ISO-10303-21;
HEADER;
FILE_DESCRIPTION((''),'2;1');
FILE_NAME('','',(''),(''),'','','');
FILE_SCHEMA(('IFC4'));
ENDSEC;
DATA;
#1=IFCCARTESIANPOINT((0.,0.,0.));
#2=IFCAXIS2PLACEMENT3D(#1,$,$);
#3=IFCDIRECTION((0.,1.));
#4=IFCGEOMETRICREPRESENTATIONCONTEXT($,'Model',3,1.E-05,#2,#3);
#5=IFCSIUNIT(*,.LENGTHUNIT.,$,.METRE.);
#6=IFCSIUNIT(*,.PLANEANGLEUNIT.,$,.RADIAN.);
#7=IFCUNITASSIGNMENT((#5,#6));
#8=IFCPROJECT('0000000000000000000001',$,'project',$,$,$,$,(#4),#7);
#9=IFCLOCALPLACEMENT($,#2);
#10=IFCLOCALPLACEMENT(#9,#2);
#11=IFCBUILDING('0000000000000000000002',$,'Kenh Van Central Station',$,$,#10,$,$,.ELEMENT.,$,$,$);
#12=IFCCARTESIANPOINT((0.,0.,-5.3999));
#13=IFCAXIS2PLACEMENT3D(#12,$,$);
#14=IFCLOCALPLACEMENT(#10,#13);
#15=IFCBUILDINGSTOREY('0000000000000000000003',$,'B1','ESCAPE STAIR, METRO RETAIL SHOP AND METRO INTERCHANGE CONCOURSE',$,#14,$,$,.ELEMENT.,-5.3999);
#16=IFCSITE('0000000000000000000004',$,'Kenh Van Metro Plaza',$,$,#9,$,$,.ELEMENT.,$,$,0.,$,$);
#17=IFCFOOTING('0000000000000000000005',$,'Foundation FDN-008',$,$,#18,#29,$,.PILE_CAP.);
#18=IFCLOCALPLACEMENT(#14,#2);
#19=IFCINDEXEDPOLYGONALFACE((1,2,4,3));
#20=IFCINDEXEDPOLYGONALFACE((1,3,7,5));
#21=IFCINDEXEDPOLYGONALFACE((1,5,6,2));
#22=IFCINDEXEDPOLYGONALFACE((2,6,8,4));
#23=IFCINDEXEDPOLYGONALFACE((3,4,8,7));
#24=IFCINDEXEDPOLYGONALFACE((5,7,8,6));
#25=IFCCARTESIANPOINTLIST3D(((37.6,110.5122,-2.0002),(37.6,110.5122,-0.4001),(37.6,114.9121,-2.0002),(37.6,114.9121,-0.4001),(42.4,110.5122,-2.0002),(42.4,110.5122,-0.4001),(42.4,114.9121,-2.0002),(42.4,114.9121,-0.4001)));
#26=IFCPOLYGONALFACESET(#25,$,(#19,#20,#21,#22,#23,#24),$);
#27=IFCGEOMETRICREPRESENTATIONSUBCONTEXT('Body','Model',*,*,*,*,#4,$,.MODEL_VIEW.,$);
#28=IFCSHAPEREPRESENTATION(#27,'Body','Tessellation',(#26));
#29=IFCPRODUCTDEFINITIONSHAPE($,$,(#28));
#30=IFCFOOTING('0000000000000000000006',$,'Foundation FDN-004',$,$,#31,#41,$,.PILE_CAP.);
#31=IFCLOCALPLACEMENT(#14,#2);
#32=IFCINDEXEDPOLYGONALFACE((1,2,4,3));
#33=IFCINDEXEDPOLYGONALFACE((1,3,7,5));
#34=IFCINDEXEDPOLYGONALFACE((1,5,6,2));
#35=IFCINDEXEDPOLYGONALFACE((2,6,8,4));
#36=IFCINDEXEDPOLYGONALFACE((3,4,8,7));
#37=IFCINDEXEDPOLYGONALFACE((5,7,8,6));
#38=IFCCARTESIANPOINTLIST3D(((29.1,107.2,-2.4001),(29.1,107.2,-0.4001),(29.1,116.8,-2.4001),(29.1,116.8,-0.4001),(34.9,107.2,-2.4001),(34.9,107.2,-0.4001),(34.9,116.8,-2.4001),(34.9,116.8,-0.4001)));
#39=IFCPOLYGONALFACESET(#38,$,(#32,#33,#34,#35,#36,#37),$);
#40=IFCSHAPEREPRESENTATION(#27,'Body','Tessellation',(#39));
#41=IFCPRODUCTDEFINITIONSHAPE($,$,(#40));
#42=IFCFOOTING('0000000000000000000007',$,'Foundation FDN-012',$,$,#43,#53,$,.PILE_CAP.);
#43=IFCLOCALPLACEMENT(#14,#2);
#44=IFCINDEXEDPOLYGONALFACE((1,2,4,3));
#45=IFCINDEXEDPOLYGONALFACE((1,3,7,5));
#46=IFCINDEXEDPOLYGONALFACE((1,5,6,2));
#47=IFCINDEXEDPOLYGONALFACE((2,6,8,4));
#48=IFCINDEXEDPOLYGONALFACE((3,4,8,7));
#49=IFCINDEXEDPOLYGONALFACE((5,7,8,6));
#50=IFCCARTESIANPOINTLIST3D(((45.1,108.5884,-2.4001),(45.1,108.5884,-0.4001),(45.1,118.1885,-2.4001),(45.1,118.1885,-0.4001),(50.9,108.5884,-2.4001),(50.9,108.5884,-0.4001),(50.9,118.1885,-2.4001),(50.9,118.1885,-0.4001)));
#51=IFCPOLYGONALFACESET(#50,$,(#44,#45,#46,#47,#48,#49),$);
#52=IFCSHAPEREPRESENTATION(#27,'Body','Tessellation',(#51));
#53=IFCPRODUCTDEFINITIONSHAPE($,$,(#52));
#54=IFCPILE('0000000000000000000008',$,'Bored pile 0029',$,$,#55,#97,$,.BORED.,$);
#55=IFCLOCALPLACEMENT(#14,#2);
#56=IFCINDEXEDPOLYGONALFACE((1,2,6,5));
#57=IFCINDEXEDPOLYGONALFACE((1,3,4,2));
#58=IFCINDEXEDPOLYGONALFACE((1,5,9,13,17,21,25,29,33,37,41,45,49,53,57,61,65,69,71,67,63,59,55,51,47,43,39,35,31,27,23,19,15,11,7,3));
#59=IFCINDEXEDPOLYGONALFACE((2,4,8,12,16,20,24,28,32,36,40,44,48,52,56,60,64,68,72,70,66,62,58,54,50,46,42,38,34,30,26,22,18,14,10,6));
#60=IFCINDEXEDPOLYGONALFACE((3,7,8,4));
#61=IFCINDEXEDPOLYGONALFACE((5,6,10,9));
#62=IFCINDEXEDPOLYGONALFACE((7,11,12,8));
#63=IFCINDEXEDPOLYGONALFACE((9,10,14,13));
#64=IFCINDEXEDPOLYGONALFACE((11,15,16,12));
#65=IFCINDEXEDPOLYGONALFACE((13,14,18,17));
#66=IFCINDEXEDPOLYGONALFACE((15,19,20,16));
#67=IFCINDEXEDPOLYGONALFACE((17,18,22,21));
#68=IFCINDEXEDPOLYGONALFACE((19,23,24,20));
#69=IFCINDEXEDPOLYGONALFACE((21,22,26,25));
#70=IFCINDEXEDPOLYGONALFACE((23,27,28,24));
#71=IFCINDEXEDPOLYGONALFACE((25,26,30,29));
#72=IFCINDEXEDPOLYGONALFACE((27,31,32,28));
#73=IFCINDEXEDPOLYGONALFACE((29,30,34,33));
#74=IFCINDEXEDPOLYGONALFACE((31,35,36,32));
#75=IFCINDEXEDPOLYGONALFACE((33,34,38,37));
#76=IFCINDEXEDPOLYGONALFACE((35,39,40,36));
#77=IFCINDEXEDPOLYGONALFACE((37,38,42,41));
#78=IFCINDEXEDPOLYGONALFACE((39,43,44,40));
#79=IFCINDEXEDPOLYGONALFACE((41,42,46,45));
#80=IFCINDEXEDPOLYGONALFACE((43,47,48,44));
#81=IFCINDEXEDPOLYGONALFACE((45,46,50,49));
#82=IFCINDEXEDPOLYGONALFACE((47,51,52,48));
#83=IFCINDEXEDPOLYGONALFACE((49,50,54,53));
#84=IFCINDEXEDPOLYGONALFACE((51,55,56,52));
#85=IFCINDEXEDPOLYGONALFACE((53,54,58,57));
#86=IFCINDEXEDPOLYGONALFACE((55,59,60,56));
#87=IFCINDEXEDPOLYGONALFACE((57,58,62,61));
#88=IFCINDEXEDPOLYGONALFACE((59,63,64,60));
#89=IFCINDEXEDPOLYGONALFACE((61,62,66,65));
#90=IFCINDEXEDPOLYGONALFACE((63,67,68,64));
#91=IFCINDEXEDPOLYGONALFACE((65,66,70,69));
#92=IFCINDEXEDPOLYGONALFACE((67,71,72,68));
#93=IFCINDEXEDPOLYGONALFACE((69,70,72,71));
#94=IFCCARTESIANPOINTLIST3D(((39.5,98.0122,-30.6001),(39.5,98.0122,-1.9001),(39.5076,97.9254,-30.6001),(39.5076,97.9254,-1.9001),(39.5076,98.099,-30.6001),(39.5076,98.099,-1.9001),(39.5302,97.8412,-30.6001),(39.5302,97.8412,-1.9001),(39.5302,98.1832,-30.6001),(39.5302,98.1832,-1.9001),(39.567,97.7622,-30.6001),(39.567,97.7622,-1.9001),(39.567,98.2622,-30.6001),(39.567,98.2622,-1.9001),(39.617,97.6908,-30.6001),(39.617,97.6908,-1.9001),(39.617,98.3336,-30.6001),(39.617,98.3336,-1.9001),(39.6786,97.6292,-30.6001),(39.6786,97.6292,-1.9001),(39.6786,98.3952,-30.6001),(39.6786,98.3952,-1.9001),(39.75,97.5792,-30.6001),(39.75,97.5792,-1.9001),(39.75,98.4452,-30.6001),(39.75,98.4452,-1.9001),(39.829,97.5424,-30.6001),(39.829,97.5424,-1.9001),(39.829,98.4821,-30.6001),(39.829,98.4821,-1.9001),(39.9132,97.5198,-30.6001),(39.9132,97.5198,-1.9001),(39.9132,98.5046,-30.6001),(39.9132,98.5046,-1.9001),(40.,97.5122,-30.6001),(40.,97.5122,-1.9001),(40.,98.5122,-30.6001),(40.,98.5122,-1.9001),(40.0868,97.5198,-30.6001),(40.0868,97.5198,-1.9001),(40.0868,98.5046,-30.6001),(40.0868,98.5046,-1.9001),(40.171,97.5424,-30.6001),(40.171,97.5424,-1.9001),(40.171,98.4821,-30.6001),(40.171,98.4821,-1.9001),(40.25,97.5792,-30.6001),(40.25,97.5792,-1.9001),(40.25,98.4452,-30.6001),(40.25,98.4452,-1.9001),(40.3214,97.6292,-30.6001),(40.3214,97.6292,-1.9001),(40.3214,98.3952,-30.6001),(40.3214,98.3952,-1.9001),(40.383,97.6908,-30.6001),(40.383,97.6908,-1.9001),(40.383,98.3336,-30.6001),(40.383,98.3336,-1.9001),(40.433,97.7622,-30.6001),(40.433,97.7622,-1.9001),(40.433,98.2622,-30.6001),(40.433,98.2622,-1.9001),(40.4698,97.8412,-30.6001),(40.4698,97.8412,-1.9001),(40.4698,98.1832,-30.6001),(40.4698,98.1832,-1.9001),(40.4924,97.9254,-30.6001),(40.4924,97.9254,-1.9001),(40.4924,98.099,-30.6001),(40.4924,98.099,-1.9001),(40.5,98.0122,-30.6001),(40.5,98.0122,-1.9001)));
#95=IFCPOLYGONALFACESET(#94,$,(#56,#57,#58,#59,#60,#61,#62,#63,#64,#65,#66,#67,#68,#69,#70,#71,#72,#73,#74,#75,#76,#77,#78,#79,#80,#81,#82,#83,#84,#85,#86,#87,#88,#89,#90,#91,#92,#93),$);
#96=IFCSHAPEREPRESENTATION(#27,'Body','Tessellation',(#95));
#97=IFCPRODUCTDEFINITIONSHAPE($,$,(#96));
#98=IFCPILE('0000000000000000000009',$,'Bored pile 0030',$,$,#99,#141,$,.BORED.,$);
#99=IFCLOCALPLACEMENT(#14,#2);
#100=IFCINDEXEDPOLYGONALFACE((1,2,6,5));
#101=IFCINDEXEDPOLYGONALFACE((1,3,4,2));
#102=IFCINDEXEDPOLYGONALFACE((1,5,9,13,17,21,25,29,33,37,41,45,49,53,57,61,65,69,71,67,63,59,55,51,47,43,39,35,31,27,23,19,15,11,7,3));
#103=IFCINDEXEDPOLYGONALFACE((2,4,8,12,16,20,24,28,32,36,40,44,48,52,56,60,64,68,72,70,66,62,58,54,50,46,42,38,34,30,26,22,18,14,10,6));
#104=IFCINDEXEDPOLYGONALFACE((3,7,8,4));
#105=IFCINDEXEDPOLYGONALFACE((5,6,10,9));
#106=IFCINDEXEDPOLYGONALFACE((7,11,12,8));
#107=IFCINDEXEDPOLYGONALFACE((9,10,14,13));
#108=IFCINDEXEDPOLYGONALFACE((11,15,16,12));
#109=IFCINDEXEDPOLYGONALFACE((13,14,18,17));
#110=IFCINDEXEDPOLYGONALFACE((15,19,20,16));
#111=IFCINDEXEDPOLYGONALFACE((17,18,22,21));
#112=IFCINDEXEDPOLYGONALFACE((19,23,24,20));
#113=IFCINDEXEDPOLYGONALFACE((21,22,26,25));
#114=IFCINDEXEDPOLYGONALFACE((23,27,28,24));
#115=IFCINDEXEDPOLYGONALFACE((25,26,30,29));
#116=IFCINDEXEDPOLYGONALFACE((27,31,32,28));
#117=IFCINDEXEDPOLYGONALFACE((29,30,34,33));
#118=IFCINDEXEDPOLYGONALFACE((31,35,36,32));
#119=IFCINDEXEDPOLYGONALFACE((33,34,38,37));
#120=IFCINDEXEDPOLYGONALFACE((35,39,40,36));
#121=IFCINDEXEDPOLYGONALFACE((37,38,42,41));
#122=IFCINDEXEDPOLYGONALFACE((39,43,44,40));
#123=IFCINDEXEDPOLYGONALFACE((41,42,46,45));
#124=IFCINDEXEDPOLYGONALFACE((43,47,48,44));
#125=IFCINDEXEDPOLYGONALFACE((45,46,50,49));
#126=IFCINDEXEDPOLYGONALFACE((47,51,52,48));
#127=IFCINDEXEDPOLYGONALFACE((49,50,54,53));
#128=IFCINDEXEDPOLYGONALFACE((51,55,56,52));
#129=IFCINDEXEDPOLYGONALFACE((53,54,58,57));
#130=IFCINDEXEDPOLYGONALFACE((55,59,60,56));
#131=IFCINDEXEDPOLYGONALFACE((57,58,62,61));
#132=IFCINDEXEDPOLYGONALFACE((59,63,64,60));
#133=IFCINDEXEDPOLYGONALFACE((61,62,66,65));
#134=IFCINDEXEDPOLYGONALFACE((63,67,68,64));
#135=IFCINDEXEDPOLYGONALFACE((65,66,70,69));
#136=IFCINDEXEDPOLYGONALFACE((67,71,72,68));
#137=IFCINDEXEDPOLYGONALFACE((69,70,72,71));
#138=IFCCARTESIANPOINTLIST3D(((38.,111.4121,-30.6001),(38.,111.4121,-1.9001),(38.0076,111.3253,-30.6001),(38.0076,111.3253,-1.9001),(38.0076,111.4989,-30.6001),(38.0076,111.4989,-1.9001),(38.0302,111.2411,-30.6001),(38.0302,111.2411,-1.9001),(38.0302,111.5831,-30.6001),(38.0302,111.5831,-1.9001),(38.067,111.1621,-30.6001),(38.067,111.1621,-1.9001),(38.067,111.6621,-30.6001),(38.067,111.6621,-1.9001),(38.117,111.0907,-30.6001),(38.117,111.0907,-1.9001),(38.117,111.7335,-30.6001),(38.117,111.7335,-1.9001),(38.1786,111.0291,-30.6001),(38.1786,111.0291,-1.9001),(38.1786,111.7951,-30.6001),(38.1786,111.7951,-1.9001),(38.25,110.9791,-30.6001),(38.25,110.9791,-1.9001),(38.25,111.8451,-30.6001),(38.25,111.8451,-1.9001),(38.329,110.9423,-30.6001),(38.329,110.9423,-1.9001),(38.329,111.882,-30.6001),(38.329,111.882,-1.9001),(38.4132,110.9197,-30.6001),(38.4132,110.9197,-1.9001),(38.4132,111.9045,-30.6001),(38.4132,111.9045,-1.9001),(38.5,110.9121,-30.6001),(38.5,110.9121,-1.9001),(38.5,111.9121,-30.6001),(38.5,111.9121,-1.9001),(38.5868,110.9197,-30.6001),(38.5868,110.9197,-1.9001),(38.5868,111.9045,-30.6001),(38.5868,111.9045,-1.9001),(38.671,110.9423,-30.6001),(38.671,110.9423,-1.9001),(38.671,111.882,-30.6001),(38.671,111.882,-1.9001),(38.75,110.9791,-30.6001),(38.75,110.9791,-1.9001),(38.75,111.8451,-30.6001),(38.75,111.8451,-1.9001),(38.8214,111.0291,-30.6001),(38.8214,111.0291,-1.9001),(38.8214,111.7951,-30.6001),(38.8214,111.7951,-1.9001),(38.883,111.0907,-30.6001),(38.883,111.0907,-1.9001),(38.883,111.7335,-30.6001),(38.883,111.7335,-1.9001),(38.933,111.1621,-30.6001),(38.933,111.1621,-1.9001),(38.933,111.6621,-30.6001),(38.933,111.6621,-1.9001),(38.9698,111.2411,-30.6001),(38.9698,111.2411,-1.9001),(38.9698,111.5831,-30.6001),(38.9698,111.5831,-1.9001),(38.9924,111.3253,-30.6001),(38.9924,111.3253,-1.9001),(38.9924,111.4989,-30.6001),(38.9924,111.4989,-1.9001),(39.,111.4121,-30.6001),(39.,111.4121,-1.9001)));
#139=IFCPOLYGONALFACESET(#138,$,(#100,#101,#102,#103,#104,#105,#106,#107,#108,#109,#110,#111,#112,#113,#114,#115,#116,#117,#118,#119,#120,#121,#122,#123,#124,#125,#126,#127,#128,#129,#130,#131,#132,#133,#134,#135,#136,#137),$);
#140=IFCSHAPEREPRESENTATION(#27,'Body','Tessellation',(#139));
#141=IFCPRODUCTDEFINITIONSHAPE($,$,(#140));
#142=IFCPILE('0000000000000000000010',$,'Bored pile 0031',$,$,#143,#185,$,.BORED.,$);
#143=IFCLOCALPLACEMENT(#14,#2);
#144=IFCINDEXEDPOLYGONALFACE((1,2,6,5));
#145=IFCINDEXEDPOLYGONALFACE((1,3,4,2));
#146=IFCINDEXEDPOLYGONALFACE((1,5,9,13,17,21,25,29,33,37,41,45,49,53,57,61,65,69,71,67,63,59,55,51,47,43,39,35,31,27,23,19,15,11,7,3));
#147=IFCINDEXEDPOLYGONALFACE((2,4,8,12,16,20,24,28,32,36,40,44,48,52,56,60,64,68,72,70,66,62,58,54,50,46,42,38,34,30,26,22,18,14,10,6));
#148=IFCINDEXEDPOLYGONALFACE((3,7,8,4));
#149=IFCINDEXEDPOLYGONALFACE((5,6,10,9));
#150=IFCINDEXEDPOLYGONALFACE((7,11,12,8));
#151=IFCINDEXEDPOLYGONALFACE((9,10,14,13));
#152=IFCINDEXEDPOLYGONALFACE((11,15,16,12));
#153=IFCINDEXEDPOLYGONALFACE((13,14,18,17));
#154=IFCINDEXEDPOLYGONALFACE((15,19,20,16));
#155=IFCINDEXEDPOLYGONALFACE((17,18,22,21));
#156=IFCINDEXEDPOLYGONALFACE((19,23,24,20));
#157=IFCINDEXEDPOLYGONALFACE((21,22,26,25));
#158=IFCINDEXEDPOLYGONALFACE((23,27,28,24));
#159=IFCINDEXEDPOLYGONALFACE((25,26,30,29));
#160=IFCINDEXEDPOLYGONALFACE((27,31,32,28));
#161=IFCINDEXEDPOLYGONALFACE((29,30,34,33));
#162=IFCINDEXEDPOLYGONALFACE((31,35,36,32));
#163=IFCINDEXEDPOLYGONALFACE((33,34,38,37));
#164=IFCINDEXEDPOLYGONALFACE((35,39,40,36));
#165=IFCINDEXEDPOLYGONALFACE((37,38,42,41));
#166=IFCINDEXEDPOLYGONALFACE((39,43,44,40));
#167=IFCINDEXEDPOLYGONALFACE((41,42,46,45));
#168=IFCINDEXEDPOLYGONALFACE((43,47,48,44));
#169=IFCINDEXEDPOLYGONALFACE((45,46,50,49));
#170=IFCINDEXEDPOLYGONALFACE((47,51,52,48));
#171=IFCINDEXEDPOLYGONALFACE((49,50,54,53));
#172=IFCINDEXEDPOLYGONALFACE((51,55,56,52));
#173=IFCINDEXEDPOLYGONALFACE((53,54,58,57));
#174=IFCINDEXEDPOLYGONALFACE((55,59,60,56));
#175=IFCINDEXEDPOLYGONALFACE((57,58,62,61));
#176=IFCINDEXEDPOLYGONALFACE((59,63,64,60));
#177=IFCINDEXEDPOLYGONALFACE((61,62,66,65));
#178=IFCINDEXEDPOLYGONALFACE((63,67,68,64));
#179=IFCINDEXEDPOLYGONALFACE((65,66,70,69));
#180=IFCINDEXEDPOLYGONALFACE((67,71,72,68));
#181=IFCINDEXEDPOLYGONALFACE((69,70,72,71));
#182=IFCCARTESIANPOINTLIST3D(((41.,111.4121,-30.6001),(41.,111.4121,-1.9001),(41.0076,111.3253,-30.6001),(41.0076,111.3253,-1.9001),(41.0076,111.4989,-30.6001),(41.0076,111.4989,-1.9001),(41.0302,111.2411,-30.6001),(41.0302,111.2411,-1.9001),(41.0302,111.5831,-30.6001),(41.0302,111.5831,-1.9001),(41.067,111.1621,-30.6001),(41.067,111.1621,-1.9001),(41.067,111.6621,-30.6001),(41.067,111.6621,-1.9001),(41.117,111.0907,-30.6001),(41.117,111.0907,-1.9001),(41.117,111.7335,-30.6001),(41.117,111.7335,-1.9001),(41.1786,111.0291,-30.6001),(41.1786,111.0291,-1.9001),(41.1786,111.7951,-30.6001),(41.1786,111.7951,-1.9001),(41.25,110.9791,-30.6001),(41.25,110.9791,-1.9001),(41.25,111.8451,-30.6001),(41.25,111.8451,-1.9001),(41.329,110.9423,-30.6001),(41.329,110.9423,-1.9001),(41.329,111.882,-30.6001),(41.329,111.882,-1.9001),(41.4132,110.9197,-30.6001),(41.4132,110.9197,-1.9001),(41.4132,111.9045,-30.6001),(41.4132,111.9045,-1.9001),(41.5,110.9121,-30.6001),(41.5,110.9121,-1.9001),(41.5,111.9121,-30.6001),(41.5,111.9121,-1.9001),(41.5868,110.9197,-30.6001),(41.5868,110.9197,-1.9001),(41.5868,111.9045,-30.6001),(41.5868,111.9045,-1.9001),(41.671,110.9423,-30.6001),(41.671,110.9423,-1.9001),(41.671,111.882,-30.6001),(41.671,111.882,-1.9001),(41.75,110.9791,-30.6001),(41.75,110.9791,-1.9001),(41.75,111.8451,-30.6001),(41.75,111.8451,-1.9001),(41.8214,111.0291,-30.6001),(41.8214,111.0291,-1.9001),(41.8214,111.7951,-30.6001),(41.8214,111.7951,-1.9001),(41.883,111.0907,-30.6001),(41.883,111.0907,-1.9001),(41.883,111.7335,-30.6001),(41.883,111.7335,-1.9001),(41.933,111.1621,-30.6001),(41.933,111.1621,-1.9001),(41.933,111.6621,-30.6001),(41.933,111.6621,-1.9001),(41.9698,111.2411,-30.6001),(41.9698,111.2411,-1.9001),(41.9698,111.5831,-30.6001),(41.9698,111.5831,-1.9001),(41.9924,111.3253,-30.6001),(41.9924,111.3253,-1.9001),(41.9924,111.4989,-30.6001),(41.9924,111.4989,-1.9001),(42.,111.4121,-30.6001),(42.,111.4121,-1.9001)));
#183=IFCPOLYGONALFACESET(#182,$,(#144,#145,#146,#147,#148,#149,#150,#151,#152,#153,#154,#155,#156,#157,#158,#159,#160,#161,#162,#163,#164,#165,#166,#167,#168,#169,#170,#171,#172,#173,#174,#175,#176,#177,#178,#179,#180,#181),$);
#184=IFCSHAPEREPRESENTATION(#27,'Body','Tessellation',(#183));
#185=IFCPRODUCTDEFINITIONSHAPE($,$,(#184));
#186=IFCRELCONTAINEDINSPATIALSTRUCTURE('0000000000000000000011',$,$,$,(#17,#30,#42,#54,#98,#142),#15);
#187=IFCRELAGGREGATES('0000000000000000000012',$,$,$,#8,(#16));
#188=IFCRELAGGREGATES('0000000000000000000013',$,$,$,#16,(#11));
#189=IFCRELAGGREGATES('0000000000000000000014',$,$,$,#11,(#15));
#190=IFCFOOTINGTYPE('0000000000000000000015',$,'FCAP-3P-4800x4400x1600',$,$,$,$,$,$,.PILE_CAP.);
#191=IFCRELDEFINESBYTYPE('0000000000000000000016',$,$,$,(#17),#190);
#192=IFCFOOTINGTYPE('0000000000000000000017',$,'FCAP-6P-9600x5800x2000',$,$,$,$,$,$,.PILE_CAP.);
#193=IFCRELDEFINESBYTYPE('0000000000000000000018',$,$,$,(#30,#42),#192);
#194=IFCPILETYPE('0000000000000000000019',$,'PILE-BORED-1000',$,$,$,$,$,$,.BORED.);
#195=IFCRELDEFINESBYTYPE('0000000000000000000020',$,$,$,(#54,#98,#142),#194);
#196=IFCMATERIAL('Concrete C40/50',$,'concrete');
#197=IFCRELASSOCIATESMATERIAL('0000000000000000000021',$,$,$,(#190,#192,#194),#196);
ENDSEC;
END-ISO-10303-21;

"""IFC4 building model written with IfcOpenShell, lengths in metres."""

from ifc_helpers import new_model, si_unit, direction, frame, origin, origin_2d, place, context, subcontext, project, spatial, rectangle, circle, extrude, material, material_profile, profile_set, type_object, element, save


model = new_model("IFC4")

# Units and contexts
model_context = context("Model", 3, precision=1e-05, world=origin(), true_north=direction((0.0, 1.0)))
body_context = subcontext(model_context, "Body", "Model", "MODEL_VIEW")
ifc_project = project(units=[si_unit("LENGTHUNIT", "METRE"), si_unit("PLANEANGLEUNIT", "RADIAN")], contexts=[model_context])

# Site, building, storey
site_placement = place(None, origin())
site = spatial("IfcSite", under=ifc_project, at=site_placement, Name="Kenh Van Metro Plaza", CompositionType="ELEMENT", RefElevation=0.0)
building_placement = place(site_placement, origin())
building = spatial("IfcBuilding", under=site, at=building_placement, Name="Kenh Van Central Station", CompositionType="ELEMENT")
storey_placement = place(building_placement, frame((0.0, 0.0, -5.3999)))
storey = spatial("IfcBuildingStorey", under=building, at=storey_placement, Name="B1", Description="ESCAPE STAIR, METRO RETAIL SHOP AND METRO INTERCHANGE CONCOURSE", CompositionType="ELEMENT", Elevation=-5.3999)

# Footings
ifc_material = material(Name="Concrete C40/50", Category="concrete")
footing_type_1 = type_object("IfcFootingType", Name="FCAP-3P-4800x4400x1600", PredefinedType="PILE_CAP", material=ifc_material)
footing_placement = place(storey_placement, frame((40.0, 112.7122, -2.0002), z_axis=(0.0, 0.0, 1.0), x_axis=(1.0, 0.0, 0.0)))
element("IfcFooting", 1, at=footing_placement, inside=storey, type_object=footing_type_1, Name="Foundation FDN-008", PredefinedType="PILE_CAP", context=body_context, shape_type="SweptSolid", body=[
    extrude(rectangle(XDim=4.8, YDim=4.3999, at=origin_2d()), origin(), (0.0, 0.0, 1.0), 1.6001),
])
footing_type_2 = type_object("IfcFootingType", Name="FCAP-6P-9600x5800x2000", PredefinedType="PILE_CAP", material=ifc_material)
for number, where, z_axis, x_axis, name in (
    (2, (32.0, 112.0, -2.4001), (0.0, 0.0, 1.0), (0.0, 1.0, 0.0), "Foundation FDN-004"),
    (3, (48.0, 113.3884, -2.4001), (0.0, 0.0, 1.0), (0.0, 1.0, 0.0), "Foundation FDN-012"),
):
    element("IfcFooting", number, at=place(storey_placement, frame(where, z_axis=z_axis, x_axis=x_axis)), inside=storey, type_object=footing_type_2, Name=name, PredefinedType="PILE_CAP", context=body_context, shape_type="SweptSolid", body=[
        extrude(rectangle(XDim=9.6001, YDim=5.8, at=origin_2d()), origin(), (0.0, 0.0, 1.0), 2.0),
    ])

# Piles
ifc_material_profile_1 = material_profile(ifc_material, circle(Radius=0.5, at=origin_2d()), Name="PILE D1000")
ifc_profile_set_1 = profile_set([ifc_material_profile_1], Name="Concrete C40/50")
pile_type_1 = type_object("IfcPileType", Name="PILE-BORED-1000", PredefinedType="BORED", material=ifc_profile_set_1)
for number, where, z_axis, x_axis, name in (
    (4, (40.0, 98.0122, -1.9001), (0.0, 0.0, -1.0), (1.0, 0.0, 0.0), "Bored pile 0029"),
    (5, (38.5, 111.4121, -1.9001), (0.0, 0.0, -1.0), (1.0, 0.0, 0.0), "Bored pile 0030"),
    (6, (41.5, 111.4121, -1.9001), (0.0, 0.0, -1.0), (1.0, 0.0, 0.0), "Bored pile 0031"),
):
    element("IfcPile", number, at=place(storey_placement, frame(where, z_axis=z_axis, x_axis=x_axis)), inside=storey, type_object=pile_type_1, Name=name, PredefinedType="BORED", context=body_context, shape_type="SweptSolid", body=[
        extrude(circle(Radius=0.5, at=origin_2d()), origin(), (0.0, 0.0, 1.0), 28.7),
    ])

save(model, "model.ifc")
